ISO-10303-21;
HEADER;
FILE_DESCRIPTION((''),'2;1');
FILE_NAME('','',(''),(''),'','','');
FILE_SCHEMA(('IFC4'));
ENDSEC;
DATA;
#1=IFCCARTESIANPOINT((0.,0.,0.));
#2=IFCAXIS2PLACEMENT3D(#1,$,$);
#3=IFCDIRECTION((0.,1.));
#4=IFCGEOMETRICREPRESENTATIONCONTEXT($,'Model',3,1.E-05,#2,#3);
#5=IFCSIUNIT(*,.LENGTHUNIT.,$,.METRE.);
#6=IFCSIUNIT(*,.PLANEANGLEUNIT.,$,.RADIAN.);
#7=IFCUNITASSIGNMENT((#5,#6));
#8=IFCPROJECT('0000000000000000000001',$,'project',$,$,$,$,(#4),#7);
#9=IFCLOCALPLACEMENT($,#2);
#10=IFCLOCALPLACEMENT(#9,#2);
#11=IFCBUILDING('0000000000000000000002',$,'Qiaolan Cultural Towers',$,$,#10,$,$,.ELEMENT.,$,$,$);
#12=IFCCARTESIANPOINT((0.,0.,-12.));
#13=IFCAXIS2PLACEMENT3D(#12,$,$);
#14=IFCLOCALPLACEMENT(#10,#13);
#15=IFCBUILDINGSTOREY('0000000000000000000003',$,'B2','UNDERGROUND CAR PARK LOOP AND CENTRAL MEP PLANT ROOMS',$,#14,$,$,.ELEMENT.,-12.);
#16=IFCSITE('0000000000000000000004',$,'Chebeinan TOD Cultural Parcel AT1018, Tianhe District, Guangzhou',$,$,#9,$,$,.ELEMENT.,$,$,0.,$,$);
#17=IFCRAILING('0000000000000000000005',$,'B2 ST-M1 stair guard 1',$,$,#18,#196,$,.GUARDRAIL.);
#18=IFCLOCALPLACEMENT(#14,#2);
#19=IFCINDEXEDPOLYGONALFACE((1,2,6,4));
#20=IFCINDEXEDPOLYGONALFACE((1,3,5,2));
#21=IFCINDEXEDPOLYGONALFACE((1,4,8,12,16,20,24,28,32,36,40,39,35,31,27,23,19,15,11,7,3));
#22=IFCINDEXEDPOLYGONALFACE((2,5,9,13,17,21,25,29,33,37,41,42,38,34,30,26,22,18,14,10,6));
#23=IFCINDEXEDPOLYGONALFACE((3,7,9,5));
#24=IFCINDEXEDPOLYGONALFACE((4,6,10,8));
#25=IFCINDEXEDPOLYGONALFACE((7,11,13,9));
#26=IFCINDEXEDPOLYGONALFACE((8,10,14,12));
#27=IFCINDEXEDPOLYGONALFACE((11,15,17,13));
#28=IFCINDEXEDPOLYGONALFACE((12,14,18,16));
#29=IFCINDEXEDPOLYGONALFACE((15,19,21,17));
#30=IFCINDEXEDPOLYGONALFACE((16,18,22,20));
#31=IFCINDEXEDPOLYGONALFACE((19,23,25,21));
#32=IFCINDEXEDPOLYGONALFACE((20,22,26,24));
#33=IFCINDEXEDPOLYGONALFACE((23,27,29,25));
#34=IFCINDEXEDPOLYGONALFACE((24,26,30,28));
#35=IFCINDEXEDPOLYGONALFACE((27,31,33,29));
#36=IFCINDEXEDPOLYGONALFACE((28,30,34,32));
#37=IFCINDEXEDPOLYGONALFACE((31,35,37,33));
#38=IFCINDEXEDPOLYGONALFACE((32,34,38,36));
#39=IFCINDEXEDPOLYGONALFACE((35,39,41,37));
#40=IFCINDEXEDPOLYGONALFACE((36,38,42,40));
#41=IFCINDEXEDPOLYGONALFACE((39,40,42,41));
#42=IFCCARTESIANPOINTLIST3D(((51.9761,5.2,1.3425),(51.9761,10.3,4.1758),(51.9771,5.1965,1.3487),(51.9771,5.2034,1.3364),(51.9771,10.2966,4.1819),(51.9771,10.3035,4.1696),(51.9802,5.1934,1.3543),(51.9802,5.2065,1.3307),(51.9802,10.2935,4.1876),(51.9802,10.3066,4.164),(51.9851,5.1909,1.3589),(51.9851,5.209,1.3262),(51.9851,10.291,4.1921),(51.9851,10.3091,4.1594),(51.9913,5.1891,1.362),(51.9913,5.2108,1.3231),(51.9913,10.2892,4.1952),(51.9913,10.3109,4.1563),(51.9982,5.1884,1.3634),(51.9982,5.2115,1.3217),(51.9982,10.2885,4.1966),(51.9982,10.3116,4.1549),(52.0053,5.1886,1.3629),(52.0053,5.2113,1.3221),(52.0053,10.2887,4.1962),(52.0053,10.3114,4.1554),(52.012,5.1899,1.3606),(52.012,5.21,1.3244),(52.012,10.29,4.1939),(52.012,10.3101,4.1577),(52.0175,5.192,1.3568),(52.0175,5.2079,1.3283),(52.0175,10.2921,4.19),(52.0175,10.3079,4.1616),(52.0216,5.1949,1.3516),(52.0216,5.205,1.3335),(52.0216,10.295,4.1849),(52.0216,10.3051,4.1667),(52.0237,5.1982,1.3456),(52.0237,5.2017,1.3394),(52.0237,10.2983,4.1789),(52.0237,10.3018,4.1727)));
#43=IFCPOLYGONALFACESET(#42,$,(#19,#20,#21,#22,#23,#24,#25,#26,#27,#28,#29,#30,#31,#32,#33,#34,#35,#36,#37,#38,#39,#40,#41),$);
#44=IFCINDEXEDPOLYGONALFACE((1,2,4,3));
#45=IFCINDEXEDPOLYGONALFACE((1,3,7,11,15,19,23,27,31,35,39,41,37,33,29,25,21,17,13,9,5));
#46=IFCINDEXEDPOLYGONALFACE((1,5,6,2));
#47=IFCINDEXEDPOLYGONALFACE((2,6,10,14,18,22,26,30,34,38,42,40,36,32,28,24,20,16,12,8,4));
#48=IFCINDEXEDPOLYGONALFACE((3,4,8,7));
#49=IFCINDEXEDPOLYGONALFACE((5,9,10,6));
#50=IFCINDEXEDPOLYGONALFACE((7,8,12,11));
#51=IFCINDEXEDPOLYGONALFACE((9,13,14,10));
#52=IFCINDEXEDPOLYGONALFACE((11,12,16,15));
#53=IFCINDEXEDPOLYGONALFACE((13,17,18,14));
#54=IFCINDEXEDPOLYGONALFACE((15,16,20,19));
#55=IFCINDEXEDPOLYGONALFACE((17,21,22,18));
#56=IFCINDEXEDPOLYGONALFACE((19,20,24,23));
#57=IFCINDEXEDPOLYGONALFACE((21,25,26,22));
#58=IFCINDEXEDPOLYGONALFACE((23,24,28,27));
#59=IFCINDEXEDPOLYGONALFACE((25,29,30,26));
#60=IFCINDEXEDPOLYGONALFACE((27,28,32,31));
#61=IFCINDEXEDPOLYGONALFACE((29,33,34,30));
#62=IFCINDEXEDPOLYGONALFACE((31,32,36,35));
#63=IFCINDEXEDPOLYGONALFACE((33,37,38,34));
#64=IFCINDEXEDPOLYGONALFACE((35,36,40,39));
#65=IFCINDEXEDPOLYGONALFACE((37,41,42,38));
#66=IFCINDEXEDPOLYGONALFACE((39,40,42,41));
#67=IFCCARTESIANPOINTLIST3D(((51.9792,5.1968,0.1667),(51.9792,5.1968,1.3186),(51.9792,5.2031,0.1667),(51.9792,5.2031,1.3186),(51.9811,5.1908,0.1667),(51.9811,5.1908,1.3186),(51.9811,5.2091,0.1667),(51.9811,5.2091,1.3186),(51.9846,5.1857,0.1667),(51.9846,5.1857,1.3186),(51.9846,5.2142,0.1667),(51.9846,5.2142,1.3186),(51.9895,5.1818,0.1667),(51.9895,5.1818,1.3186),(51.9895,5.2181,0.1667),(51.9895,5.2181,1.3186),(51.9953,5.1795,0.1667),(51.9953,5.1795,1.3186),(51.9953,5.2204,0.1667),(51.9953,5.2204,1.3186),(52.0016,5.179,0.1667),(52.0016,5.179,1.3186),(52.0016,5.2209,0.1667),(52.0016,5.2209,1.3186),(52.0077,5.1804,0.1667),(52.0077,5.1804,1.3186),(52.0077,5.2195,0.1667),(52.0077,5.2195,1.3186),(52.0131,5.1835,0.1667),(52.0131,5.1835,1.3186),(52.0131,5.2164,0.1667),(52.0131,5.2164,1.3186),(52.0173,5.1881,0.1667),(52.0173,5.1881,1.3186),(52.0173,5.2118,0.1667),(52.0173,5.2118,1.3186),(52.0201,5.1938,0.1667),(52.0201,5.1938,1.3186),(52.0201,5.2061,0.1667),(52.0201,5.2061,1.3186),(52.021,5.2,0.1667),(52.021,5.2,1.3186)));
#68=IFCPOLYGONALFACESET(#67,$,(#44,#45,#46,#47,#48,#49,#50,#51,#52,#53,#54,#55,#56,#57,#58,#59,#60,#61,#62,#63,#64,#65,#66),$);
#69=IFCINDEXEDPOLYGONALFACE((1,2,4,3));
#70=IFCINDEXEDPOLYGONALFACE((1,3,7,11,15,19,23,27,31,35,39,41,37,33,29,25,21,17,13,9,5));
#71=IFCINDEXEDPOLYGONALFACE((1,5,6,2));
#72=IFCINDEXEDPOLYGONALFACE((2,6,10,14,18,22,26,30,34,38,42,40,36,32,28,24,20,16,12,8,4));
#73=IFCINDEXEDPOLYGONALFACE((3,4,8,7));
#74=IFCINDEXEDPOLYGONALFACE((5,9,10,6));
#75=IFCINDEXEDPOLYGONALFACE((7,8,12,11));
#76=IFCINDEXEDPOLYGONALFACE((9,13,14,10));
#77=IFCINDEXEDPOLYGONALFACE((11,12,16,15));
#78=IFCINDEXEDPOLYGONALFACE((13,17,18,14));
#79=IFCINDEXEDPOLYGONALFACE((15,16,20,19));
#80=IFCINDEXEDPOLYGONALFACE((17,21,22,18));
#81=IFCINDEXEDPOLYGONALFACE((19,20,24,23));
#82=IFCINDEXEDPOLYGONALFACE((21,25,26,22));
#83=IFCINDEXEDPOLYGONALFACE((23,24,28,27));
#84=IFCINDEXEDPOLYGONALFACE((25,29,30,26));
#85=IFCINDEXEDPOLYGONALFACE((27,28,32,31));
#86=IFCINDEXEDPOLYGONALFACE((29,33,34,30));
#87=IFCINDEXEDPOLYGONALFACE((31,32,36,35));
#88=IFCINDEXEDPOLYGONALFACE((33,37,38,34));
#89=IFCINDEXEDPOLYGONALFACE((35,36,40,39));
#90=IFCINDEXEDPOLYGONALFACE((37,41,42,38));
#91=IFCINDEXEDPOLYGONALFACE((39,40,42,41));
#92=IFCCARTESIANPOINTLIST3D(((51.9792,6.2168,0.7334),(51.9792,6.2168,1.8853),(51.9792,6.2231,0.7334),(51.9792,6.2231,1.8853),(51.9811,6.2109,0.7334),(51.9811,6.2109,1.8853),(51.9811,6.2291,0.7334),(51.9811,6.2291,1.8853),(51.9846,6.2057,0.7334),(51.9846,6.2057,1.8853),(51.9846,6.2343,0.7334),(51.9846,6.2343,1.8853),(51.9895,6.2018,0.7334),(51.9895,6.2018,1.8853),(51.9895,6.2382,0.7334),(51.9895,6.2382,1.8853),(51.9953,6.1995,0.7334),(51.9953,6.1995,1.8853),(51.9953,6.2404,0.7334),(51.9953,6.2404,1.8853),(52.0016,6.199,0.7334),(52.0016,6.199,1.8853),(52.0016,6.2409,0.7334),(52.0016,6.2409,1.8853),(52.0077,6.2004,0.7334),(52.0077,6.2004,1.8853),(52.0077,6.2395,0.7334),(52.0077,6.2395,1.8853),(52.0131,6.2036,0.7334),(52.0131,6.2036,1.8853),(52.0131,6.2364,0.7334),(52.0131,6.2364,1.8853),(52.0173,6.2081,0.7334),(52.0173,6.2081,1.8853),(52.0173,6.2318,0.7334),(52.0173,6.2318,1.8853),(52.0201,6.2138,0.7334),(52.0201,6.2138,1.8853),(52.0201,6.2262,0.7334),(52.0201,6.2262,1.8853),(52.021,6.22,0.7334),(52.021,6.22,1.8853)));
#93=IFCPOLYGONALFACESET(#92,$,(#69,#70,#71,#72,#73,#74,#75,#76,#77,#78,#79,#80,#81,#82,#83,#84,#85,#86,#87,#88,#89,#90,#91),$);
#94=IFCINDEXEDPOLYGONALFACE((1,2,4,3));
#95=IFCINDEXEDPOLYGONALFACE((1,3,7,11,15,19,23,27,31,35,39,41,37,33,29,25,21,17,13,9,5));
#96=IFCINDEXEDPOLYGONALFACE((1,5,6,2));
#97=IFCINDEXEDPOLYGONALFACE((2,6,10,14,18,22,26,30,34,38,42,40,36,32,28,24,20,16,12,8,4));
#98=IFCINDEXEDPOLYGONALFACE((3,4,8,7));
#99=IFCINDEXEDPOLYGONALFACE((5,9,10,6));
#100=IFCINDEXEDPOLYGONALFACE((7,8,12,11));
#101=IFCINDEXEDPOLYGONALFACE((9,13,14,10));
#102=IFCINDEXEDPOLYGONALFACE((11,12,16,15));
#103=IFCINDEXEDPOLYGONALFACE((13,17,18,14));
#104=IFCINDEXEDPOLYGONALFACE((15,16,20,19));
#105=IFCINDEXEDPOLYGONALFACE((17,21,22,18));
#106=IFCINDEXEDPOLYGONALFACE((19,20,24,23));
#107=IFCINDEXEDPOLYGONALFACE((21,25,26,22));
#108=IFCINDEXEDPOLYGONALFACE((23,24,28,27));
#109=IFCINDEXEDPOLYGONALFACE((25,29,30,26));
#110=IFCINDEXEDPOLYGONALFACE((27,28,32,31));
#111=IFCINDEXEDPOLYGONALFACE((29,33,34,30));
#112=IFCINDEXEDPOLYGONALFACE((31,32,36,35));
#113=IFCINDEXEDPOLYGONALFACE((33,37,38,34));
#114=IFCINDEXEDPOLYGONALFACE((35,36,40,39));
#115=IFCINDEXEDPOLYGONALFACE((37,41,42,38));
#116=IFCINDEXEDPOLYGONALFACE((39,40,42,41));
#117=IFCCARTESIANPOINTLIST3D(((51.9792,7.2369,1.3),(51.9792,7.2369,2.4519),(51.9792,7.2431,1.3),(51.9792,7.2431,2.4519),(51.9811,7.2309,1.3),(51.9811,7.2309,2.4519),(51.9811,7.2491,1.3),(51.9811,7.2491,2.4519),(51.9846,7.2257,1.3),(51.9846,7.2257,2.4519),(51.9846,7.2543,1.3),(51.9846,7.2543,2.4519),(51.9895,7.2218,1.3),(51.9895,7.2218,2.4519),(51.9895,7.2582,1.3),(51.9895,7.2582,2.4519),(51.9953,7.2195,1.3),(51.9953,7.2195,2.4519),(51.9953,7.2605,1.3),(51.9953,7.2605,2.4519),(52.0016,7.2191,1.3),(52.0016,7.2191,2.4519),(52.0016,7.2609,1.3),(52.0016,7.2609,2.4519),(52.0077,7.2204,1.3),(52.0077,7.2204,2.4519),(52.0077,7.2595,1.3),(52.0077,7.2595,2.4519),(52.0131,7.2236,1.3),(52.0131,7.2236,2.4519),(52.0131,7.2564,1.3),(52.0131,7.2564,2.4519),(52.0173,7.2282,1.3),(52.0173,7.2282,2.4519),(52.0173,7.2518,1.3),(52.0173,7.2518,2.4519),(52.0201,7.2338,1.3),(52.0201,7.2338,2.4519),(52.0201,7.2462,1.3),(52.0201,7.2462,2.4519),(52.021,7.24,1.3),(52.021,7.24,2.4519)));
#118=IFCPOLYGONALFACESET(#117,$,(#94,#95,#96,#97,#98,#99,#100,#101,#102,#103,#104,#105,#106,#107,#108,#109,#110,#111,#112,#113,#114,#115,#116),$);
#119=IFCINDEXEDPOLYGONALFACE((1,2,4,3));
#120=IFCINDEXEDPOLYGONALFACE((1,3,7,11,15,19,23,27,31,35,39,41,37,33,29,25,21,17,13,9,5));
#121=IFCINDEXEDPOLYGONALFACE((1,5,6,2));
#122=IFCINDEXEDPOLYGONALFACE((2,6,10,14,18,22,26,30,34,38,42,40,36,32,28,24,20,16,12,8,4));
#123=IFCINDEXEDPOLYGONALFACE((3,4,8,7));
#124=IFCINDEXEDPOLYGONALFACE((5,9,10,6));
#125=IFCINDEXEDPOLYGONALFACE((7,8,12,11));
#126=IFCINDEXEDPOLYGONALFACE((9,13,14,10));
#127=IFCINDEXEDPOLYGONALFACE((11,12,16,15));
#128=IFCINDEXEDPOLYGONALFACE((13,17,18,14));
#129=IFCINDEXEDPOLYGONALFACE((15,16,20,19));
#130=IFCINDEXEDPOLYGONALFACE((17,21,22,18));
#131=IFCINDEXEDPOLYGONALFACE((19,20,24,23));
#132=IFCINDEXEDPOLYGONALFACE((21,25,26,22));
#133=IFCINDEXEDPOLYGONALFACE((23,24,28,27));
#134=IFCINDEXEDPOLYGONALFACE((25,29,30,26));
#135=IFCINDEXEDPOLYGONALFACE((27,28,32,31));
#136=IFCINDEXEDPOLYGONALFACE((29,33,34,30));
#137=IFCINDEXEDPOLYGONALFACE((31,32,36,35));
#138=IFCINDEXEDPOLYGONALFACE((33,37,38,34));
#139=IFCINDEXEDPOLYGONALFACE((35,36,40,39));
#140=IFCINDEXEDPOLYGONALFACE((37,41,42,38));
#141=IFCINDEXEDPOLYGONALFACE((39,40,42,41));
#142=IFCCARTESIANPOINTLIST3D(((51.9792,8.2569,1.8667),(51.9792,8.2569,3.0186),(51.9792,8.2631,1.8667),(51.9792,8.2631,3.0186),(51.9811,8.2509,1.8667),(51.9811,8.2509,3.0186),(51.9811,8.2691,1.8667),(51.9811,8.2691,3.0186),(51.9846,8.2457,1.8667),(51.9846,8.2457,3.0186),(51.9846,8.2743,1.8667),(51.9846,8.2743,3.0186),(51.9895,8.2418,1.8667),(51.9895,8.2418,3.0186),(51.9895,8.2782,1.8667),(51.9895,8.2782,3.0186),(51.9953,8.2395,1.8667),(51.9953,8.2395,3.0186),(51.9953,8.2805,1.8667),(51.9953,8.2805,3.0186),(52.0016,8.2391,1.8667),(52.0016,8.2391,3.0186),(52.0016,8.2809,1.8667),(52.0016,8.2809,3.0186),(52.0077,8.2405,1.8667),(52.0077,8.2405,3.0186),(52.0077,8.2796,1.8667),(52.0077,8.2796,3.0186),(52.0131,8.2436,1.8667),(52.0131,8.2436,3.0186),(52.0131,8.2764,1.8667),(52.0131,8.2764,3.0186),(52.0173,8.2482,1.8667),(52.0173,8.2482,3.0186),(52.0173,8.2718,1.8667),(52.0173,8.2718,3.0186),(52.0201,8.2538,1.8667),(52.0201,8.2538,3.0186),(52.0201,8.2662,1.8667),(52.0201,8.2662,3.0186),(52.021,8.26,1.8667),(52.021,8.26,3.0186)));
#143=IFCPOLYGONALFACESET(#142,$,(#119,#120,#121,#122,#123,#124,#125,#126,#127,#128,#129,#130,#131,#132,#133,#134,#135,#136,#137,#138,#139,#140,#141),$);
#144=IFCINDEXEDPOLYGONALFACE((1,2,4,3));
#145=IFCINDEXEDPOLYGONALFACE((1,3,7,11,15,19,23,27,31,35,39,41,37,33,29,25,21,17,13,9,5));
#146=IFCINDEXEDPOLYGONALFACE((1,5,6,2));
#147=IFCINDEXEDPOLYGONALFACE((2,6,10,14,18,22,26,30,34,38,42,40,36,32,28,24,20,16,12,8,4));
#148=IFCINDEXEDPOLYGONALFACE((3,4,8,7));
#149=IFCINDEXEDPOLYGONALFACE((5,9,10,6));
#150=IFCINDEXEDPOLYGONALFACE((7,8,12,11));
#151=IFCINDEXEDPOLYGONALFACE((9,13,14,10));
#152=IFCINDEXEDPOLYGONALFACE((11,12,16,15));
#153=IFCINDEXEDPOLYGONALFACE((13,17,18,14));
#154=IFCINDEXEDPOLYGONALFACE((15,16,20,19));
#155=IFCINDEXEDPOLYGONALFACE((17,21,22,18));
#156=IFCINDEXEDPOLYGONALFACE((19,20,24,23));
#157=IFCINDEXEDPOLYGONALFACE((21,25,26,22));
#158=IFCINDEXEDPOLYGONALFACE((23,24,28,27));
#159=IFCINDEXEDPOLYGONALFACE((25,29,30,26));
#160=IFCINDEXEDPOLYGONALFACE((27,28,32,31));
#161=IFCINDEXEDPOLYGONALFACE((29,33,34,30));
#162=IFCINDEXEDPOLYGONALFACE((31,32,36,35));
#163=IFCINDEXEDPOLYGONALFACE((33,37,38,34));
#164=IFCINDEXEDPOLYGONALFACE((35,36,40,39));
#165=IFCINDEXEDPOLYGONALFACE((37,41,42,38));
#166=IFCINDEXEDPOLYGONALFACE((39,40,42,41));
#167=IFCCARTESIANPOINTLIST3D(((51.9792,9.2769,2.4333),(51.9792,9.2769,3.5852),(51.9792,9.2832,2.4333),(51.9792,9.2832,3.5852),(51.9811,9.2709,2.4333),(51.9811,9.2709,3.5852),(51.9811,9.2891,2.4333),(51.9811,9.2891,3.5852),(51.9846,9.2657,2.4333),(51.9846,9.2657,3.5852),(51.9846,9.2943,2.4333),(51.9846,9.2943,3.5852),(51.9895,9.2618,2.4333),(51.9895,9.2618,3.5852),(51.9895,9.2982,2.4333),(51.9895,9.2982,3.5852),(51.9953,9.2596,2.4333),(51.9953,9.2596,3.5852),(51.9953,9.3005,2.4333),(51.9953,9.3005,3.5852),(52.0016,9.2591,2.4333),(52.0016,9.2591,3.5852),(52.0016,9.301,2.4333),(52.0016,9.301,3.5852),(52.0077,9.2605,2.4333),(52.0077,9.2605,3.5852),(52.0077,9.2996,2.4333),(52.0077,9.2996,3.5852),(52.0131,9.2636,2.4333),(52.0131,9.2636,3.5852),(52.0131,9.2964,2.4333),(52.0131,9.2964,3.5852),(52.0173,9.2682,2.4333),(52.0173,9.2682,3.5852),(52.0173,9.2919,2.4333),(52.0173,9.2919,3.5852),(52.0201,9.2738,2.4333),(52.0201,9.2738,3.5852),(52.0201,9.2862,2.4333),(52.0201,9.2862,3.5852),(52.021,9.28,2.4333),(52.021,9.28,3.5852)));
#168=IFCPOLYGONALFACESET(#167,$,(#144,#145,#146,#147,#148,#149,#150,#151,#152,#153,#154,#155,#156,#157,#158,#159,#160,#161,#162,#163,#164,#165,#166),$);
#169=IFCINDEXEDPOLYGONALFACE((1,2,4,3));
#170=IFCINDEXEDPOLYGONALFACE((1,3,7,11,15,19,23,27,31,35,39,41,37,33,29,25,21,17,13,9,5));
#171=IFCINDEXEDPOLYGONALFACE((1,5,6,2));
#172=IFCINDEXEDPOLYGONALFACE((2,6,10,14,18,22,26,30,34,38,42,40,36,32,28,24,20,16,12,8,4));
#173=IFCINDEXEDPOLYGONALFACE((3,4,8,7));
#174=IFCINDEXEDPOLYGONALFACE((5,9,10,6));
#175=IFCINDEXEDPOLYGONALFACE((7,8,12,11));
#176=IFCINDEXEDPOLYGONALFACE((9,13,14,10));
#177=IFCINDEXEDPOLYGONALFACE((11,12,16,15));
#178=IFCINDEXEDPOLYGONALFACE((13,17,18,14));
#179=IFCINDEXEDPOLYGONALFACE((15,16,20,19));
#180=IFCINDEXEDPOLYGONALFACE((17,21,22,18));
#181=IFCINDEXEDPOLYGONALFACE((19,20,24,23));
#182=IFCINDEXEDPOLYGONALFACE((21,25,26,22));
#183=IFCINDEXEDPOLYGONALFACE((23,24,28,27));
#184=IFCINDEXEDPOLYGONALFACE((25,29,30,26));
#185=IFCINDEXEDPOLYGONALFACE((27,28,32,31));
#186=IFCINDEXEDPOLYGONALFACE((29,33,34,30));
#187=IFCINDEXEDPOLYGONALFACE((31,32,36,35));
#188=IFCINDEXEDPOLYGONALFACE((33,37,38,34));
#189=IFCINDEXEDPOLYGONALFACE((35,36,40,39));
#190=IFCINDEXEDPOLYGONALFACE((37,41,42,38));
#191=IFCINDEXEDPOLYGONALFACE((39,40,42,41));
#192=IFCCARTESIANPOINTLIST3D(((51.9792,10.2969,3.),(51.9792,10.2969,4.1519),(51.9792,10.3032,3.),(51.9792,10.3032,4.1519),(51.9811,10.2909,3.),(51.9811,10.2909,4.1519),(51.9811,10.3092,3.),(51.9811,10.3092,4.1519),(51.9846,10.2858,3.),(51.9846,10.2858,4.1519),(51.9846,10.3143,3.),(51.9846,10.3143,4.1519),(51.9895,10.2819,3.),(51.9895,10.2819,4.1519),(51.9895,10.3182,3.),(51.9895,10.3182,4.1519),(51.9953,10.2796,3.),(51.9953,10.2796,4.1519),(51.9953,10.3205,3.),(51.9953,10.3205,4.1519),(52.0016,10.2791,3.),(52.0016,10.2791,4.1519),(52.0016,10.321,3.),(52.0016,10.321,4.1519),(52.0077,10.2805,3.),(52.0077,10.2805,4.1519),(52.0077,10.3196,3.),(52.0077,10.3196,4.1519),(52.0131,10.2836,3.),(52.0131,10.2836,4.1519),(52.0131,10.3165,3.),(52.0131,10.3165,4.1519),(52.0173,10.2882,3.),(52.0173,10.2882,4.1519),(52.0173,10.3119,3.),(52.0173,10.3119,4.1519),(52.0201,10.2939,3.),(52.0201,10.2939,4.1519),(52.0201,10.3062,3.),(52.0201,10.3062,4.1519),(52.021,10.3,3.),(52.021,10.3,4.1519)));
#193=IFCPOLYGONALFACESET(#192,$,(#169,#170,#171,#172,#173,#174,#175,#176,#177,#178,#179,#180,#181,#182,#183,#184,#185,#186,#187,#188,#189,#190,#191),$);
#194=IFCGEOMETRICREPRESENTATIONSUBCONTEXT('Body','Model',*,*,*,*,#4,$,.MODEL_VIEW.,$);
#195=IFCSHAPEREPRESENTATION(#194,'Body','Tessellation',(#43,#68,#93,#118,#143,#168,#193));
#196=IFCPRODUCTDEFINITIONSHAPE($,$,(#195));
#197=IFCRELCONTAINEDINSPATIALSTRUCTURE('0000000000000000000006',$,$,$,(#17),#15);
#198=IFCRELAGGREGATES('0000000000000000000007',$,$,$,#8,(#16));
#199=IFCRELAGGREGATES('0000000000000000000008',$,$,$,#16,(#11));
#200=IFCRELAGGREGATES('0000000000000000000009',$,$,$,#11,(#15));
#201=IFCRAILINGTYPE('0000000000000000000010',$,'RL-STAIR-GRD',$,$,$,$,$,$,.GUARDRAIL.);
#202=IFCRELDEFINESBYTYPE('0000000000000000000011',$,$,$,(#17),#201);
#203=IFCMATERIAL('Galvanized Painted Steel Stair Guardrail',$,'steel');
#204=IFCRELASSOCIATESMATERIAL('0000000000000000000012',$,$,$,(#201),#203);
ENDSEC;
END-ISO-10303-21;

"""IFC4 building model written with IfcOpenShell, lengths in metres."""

from ifc_helpers import new_model, si_unit, direction, frame, origin, origin_2d, place, context, subcontext, project, spatial, circle, extrude, material, type_object, element, save


model = new_model("IFC4")

# Units and contexts
model_context = context("Model", 3, precision=1e-05, world=origin(), true_north=direction((0.0, 1.0)))
body_context = subcontext(model_context, "Body", "Model", "MODEL_VIEW")
ifc_project = project(units=[si_unit("LENGTHUNIT", "METRE"), si_unit("PLANEANGLEUNIT", "RADIAN")], contexts=[model_context])

# Site, building, storey
site_placement = place(None, origin())
site = spatial("IfcSite", under=ifc_project, at=site_placement, Name="Chebeinan TOD Cultural Parcel AT1018, Tianhe District, Guangzhou", CompositionType="ELEMENT", RefElevation=0.0)
building_placement = place(site_placement, origin())
building = spatial("IfcBuilding", under=site, at=building_placement, Name="Qiaolan Cultural Towers", CompositionType="ELEMENT")
storey_placement = place(building_placement, frame((0.0, 0.0, -12.0)))
storey = spatial("IfcBuildingStorey", under=building, at=storey_placement, Name="B2", Description="UNDERGROUND CAR PARK LOOP AND CENTRAL MEP PLANT ROOMS", CompositionType="ELEMENT", Elevation=-12.0)

# Railing
ifc_material_1 = material(Name="Galvanized Painted Steel Stair Guardrail", Category="steel")
railing_type_1 = type_object("IfcRailingType", Name="RL-STAIR-GRD", PredefinedType="GUARDRAIL", material=ifc_material_1)
railing_1_placement = place(storey_placement, frame((52.0, 5.2, 0.1667)))
element("IfcRailing", 1, at=railing_1_placement, inside=storey, type_object=railing_type_1, Name="B2 ST-M1 stair guard 1", PredefinedType="GUARDRAIL", context=body_context, shape_type="SweptSolid", body=[
    extrude(circle(Radius=0.0239, at=origin_2d()), frame((0.0, 0.0, 1.1758), z_axis=(0.0, 0.874167, 0.485625), x_axis=(-1.0, 0.0, 0.0)), (0.0, 0.0, 1.0), 5.8342),
    extrude(circle(Radius=0.021, at=origin_2d()), origin(), (0.0, 0.0, 1.0), 1.1519),
    extrude(circle(Radius=0.021, at=origin_2d()), frame((0.0, 1.02, 0.5667)), (0.0, 0.0, 1.0), 1.1519),
    extrude(circle(Radius=0.021, at=origin_2d()), frame((0.0, 2.04, 1.1333)), (0.0, 0.0, 1.0), 1.1519),
    extrude(circle(Radius=0.021, at=origin_2d()), frame((0.0, 3.0601, 1.7)), (0.0, 0.0, 1.0), 1.1519),
    extrude(circle(Radius=0.021, at=origin_2d()), frame((0.0, 4.0801, 2.2666)), (0.0, 0.0, 1.0), 1.1519),
    extrude(circle(Radius=0.021, at=origin_2d()), frame((0.0, 5.1001, 2.8333)), (0.0, 0.0, 1.0), 1.1519),
])

save(model, "model.ifc")
